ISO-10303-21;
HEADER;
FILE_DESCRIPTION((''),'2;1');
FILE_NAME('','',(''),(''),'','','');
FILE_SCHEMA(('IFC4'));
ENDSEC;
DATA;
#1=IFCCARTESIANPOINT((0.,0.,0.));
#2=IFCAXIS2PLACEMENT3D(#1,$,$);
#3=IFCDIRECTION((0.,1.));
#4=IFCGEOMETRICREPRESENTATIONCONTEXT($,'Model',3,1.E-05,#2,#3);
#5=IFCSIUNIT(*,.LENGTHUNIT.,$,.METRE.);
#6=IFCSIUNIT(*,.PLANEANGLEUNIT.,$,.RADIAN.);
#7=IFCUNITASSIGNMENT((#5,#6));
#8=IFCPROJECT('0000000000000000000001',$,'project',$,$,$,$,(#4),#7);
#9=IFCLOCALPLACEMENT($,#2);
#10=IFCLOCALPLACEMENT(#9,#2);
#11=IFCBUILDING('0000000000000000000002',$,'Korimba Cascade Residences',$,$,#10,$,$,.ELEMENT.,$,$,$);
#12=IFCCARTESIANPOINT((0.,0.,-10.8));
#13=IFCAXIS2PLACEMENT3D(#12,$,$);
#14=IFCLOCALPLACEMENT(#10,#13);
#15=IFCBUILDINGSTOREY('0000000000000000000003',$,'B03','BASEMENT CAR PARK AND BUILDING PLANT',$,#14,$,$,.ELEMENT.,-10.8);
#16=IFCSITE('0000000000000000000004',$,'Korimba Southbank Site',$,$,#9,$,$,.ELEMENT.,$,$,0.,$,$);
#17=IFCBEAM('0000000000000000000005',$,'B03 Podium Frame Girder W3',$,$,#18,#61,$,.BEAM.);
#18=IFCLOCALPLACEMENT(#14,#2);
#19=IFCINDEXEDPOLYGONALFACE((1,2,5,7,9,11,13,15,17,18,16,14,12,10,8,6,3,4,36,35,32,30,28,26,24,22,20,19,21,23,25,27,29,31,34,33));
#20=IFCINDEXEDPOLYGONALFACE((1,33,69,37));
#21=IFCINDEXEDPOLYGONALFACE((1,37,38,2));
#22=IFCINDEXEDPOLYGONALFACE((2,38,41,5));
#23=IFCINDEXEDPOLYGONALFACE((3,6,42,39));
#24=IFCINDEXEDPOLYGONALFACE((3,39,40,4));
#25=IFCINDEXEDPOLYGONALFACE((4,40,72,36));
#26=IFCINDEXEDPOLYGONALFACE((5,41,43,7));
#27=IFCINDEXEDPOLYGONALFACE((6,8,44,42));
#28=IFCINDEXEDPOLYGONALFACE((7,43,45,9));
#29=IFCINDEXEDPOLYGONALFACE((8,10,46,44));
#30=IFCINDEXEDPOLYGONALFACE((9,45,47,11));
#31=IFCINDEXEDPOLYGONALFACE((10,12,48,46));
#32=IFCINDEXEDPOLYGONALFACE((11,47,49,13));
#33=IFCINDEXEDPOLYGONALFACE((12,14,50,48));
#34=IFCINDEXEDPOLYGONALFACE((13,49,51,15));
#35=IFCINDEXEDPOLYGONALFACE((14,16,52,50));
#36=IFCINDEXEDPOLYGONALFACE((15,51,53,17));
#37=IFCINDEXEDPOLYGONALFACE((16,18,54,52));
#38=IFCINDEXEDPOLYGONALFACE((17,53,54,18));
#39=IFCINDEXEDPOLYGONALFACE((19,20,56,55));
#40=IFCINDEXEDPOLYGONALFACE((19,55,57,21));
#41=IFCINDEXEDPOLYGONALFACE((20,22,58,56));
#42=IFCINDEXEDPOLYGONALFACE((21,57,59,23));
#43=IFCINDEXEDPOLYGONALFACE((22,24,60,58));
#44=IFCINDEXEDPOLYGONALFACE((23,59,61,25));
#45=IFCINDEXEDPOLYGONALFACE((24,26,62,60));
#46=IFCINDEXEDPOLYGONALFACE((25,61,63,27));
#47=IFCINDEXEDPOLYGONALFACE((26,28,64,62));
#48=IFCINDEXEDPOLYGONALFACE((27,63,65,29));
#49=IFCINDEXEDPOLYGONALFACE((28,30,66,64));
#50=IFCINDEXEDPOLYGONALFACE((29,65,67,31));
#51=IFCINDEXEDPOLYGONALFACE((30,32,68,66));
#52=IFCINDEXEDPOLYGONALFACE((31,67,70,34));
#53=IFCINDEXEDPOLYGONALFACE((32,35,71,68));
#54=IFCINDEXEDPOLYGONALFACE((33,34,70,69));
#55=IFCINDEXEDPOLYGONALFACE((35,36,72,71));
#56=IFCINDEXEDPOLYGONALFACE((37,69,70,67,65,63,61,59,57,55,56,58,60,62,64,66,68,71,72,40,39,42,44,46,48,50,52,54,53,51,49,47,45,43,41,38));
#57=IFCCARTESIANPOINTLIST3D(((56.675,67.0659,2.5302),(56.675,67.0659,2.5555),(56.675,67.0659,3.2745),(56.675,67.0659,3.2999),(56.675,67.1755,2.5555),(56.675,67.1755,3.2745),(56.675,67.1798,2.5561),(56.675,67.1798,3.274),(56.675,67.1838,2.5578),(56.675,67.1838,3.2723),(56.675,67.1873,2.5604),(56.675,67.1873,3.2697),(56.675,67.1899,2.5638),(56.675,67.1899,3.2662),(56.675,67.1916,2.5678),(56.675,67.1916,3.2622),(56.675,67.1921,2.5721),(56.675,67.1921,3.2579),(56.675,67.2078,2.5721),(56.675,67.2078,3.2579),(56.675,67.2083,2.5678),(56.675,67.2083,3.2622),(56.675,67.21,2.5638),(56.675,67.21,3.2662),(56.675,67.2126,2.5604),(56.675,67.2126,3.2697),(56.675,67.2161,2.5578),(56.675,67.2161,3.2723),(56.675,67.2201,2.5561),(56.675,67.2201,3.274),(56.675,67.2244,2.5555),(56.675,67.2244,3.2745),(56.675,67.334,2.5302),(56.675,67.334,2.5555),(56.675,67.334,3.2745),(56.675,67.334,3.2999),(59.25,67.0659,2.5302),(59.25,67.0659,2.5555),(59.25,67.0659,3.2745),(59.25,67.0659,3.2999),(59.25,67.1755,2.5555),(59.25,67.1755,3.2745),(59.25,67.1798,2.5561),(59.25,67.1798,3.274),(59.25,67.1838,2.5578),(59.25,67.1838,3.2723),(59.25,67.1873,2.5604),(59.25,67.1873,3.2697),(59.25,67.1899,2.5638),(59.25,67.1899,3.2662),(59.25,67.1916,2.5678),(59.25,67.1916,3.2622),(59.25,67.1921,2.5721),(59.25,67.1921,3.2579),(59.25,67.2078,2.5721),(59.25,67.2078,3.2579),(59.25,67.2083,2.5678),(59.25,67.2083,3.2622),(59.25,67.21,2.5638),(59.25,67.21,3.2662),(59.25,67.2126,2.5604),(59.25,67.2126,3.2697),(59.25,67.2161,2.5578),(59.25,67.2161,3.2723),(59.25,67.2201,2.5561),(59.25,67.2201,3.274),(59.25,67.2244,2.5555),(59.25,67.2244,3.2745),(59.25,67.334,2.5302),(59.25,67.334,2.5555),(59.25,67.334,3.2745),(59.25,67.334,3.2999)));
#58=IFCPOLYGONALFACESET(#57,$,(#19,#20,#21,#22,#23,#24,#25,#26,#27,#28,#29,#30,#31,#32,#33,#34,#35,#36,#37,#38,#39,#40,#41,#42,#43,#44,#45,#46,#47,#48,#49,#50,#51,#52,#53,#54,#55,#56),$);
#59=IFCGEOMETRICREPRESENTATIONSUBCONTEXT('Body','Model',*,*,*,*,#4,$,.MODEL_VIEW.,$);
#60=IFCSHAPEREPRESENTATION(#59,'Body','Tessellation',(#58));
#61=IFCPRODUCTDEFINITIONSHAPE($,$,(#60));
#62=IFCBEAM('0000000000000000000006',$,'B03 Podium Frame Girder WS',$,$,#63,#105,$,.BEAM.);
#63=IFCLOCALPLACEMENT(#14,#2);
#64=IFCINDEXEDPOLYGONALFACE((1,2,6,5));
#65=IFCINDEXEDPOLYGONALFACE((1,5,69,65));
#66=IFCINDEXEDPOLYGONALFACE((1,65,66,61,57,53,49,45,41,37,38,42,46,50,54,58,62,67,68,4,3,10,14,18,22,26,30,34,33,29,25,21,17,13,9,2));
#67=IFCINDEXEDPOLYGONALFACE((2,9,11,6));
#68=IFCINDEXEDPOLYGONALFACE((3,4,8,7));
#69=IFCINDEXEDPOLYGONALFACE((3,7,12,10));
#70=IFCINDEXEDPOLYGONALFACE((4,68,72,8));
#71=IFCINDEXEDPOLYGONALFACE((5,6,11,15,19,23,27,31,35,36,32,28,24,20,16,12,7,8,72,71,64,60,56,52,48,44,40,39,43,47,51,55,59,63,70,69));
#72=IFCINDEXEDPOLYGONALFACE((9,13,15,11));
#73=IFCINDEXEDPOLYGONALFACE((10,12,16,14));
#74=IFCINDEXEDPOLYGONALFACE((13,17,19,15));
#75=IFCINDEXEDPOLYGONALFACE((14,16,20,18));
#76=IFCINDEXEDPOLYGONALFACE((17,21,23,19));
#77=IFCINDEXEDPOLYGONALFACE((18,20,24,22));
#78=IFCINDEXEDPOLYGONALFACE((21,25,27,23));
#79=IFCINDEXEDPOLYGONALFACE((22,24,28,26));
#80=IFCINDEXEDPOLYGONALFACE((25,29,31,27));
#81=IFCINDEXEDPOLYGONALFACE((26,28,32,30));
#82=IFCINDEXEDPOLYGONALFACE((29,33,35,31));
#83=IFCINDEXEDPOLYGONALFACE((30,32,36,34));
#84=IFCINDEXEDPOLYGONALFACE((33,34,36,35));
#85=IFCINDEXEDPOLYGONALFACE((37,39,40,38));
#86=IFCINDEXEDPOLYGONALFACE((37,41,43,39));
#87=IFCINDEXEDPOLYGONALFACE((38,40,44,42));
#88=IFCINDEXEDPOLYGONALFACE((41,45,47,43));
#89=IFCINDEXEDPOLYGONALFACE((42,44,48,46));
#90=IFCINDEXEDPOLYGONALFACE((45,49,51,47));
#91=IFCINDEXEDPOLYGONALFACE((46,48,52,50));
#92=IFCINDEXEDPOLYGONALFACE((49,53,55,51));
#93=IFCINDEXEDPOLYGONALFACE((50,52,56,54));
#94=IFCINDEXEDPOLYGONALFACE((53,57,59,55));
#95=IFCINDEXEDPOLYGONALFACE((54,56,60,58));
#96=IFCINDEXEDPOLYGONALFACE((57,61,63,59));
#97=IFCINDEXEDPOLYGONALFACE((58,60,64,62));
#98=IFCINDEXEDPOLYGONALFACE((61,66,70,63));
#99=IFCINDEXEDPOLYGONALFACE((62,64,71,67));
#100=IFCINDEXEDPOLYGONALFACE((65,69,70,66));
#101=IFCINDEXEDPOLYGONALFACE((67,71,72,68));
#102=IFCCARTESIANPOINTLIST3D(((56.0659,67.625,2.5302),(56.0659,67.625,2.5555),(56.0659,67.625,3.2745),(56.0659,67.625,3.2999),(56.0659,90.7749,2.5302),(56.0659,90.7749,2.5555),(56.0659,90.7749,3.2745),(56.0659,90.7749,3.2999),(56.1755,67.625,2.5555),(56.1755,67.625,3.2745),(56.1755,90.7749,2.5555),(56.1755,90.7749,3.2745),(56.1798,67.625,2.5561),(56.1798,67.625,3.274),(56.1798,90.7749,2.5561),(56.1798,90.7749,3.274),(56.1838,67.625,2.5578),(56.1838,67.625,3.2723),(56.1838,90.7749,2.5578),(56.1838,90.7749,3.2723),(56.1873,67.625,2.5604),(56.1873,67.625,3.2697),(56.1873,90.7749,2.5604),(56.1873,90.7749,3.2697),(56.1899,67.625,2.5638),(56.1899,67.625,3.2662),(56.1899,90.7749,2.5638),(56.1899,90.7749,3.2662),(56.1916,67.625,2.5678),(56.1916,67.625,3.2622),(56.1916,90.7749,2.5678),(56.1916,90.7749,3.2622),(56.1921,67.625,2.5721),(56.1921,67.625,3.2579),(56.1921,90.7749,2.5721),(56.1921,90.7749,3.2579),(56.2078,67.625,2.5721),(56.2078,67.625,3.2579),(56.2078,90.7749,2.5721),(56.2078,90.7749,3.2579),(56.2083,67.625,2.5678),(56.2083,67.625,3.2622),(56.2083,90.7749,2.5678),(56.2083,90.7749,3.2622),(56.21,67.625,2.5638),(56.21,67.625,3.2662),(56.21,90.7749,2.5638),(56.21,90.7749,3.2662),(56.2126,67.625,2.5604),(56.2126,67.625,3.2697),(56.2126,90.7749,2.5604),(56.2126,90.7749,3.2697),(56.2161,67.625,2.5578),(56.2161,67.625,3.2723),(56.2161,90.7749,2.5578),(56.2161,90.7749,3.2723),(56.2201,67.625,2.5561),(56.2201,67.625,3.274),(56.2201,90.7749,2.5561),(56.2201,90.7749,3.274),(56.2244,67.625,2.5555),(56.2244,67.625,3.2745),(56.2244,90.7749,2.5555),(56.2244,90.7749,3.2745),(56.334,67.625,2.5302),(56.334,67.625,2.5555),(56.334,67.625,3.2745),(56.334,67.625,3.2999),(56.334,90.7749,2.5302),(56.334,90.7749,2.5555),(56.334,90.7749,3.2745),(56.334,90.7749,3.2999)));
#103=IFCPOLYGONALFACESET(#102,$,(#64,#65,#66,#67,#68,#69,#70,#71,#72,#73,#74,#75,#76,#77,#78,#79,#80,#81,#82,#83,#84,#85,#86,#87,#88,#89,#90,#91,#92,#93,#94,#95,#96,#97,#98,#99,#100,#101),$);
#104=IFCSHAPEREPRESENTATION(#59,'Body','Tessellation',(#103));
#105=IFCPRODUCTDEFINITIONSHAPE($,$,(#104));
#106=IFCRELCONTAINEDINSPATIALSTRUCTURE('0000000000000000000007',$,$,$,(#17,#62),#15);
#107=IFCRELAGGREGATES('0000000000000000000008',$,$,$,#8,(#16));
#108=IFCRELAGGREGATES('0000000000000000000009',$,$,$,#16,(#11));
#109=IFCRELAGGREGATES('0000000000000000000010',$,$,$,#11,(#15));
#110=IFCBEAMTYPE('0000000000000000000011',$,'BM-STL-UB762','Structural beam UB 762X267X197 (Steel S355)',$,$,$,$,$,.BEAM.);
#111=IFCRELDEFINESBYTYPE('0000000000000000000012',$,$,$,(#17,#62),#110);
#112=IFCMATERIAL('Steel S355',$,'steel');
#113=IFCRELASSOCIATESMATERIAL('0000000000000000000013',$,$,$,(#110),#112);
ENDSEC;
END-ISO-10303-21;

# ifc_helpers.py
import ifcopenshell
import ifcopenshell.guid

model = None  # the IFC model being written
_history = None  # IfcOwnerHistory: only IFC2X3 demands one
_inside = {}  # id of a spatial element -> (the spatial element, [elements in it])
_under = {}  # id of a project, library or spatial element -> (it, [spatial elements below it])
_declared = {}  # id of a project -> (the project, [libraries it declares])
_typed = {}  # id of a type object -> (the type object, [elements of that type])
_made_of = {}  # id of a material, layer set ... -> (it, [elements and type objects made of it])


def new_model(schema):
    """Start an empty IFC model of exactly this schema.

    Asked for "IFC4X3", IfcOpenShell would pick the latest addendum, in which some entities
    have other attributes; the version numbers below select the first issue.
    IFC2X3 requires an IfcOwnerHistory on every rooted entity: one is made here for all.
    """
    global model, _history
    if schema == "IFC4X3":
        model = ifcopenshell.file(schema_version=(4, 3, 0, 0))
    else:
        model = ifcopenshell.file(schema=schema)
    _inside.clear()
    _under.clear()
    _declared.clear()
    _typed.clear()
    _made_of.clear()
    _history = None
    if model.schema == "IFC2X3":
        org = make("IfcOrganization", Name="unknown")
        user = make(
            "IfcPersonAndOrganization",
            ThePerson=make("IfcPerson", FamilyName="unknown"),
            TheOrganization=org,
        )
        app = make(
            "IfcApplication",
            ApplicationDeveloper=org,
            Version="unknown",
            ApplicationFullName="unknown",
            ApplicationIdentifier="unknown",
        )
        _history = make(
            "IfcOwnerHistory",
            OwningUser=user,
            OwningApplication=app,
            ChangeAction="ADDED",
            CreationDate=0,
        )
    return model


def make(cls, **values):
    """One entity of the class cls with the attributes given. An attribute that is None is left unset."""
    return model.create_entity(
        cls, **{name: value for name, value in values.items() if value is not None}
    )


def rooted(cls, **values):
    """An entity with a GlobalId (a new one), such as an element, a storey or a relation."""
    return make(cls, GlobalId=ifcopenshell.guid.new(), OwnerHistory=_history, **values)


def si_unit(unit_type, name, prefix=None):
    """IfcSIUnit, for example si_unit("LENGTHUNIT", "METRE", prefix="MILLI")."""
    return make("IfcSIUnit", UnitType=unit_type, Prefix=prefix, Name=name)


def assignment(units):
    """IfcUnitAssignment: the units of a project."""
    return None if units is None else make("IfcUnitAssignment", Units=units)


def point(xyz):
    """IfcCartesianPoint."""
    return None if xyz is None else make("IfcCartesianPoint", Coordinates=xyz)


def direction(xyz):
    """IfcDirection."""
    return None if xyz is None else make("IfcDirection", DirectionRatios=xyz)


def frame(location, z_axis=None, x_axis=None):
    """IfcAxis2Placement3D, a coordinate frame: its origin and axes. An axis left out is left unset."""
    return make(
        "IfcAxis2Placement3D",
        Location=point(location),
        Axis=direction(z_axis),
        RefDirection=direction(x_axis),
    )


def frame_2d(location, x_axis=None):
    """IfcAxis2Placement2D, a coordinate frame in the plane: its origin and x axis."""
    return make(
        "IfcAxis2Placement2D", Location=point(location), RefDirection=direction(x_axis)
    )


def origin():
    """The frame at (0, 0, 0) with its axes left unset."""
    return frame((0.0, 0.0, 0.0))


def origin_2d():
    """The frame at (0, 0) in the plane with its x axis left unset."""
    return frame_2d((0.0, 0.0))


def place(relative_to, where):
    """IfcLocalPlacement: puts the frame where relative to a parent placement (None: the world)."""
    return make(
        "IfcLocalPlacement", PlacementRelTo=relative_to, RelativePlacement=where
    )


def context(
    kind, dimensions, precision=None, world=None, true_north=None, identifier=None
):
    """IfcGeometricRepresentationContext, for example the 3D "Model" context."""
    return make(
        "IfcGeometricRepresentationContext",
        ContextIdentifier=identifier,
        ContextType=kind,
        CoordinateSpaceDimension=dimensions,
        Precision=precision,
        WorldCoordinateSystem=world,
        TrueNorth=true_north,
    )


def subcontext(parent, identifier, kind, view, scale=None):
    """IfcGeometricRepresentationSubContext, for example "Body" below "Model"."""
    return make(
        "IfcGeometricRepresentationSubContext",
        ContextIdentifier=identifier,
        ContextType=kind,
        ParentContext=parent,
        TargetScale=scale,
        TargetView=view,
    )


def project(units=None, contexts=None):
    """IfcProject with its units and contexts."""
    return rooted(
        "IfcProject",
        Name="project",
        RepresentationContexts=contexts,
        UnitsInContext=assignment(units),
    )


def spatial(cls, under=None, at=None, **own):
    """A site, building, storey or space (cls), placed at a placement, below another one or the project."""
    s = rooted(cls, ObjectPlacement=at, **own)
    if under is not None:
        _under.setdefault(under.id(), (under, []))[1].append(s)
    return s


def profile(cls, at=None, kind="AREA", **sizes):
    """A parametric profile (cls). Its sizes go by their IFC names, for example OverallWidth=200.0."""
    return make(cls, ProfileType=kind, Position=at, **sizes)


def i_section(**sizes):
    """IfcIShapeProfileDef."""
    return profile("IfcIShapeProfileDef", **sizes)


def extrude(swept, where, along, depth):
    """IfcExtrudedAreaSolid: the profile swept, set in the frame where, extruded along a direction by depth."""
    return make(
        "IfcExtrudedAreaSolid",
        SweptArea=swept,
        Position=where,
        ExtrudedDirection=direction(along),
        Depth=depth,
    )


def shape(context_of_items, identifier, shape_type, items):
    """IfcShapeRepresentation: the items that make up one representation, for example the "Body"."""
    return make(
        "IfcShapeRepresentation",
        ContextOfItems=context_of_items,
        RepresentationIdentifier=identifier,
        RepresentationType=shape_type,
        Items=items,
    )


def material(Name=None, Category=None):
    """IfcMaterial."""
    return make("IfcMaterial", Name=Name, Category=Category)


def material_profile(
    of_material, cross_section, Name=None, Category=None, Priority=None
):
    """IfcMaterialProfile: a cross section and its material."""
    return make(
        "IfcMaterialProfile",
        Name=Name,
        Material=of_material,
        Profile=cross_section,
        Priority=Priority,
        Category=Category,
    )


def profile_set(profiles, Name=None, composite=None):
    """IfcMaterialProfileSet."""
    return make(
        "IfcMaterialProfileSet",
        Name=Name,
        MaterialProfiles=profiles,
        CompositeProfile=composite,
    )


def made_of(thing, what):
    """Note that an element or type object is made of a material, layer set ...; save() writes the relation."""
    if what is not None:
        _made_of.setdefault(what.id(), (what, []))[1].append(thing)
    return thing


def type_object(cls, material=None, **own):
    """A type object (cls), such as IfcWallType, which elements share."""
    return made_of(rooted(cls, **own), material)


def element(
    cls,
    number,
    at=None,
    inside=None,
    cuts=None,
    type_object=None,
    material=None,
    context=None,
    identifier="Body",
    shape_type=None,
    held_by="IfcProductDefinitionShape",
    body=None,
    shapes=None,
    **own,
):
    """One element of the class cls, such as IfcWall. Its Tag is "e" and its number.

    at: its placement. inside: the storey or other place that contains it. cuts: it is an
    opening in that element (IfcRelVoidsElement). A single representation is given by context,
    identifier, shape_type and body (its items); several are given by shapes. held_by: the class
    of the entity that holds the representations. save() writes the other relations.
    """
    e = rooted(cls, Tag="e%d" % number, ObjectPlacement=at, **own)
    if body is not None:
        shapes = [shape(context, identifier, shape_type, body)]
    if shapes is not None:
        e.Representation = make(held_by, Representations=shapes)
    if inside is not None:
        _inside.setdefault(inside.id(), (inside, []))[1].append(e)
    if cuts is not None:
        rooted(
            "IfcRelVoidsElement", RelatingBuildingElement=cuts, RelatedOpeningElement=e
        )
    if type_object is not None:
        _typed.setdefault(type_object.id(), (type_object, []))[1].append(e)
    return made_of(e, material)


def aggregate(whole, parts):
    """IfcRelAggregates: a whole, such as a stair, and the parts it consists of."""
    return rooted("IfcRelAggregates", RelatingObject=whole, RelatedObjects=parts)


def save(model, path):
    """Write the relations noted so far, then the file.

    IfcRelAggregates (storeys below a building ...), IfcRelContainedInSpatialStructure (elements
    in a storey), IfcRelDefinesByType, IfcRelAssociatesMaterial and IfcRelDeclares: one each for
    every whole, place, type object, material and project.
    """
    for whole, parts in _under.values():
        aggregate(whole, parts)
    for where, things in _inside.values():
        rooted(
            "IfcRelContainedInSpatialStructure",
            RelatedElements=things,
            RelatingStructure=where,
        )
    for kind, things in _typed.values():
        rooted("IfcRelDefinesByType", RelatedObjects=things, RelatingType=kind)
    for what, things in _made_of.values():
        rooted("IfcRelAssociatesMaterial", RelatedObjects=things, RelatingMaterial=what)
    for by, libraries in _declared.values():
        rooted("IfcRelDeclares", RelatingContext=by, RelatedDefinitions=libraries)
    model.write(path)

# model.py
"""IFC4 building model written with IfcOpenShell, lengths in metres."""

from ifc_helpers import new_model, si_unit, direction, frame, origin, origin_2d, place, context, subcontext, project, spatial, i_section, extrude, material, material_profile, profile_set, type_object, element, save


model = new_model("IFC4")

# Units and contexts
model_context = context("Model", 3, precision=1e-05, world=origin(), true_north=direction((0.0, 1.0)))
body_context = subcontext(model_context, "Body", "Model", "MODEL_VIEW")
ifc_project = project(units=[si_unit("LENGTHUNIT", "METRE"), si_unit("PLANEANGLEUNIT", "RADIAN")], contexts=[model_context])

# Site, building, storey
site_placement = place(None, origin())
site = spatial("IfcSite", under=ifc_project, at=site_placement, Name="Korimba Southbank Site", CompositionType="ELEMENT", RefElevation=0.0)
building_placement = place(site_placement, origin())
building = spatial("IfcBuilding", under=site, at=building_placement, Name="Korimba Cascade Residences", CompositionType="ELEMENT")
storey_placement = place(building_placement, frame((0.0, 0.0, -10.8)))
storey = spatial("IfcBuildingStorey", under=building, at=storey_placement, Name="B03", Description="BASEMENT CAR PARK AND BUILDING PLANT", CompositionType="ELEMENT", Elevation=-10.8)

# Beams
ifc_material_1 = material(Name="Steel S355", Category="steel")
ifc_material_profile_1 = material_profile(ifc_material_1, i_section(OverallWidth=0.2681, OverallDepth=0.7698, WebThickness=0.0156, FlangeThickness=0.0254, FilletRadius=0.0166, at=origin_2d()), Name="Steel S355")
ifc_profile_set_1 = profile_set([ifc_material_profile_1], Name="Steel S355")
beam_type_1 = type_object("IfcBeamType", Name="BM-STL-UB762", Description="Structural beam UB 762X267X197 (Steel S355)", PredefinedType="BEAM", material=ifc_profile_set_1)
beam_1_placement = place(storey_placement, frame((56.675, 67.2, 2.915), z_axis=(1.0, 0.0, 0.0), x_axis=(0.0, 1.0, 0.0)))
element("IfcBeam", 1, at=beam_1_placement, inside=storey, type_object=beam_type_1, Name="B03 Podium Frame Girder W3", PredefinedType="BEAM", context=body_context, shape_type="SweptSolid", body=[
    extrude(i_section(OverallWidth=0.2681, OverallDepth=0.7698, WebThickness=0.0156, FlangeThickness=0.0254, FilletRadius=0.0166, at=origin_2d()), origin(), (0.0, 0.0, 1.0), 2.575),
])
beam_2_placement = place(storey_placement, frame((56.2, 67.625, 2.915), z_axis=(0.0, 1.0, 0.0), x_axis=(-1.0, 0.0, 0.0)))
element("IfcBeam", 2, at=beam_2_placement, inside=storey, type_object=beam_type_1, Name="B03 Podium Frame Girder WS", PredefinedType="BEAM", context=body_context, shape_type="SweptSolid", body=[
    extrude(i_section(OverallWidth=0.2681, OverallDepth=0.7698, WebThickness=0.0156, FlangeThickness=0.0254, FilletRadius=0.0166, at=origin_2d()), origin(), (0.0, 0.0, 1.0), 23.1499),
])

save(model, "model.ifc")
